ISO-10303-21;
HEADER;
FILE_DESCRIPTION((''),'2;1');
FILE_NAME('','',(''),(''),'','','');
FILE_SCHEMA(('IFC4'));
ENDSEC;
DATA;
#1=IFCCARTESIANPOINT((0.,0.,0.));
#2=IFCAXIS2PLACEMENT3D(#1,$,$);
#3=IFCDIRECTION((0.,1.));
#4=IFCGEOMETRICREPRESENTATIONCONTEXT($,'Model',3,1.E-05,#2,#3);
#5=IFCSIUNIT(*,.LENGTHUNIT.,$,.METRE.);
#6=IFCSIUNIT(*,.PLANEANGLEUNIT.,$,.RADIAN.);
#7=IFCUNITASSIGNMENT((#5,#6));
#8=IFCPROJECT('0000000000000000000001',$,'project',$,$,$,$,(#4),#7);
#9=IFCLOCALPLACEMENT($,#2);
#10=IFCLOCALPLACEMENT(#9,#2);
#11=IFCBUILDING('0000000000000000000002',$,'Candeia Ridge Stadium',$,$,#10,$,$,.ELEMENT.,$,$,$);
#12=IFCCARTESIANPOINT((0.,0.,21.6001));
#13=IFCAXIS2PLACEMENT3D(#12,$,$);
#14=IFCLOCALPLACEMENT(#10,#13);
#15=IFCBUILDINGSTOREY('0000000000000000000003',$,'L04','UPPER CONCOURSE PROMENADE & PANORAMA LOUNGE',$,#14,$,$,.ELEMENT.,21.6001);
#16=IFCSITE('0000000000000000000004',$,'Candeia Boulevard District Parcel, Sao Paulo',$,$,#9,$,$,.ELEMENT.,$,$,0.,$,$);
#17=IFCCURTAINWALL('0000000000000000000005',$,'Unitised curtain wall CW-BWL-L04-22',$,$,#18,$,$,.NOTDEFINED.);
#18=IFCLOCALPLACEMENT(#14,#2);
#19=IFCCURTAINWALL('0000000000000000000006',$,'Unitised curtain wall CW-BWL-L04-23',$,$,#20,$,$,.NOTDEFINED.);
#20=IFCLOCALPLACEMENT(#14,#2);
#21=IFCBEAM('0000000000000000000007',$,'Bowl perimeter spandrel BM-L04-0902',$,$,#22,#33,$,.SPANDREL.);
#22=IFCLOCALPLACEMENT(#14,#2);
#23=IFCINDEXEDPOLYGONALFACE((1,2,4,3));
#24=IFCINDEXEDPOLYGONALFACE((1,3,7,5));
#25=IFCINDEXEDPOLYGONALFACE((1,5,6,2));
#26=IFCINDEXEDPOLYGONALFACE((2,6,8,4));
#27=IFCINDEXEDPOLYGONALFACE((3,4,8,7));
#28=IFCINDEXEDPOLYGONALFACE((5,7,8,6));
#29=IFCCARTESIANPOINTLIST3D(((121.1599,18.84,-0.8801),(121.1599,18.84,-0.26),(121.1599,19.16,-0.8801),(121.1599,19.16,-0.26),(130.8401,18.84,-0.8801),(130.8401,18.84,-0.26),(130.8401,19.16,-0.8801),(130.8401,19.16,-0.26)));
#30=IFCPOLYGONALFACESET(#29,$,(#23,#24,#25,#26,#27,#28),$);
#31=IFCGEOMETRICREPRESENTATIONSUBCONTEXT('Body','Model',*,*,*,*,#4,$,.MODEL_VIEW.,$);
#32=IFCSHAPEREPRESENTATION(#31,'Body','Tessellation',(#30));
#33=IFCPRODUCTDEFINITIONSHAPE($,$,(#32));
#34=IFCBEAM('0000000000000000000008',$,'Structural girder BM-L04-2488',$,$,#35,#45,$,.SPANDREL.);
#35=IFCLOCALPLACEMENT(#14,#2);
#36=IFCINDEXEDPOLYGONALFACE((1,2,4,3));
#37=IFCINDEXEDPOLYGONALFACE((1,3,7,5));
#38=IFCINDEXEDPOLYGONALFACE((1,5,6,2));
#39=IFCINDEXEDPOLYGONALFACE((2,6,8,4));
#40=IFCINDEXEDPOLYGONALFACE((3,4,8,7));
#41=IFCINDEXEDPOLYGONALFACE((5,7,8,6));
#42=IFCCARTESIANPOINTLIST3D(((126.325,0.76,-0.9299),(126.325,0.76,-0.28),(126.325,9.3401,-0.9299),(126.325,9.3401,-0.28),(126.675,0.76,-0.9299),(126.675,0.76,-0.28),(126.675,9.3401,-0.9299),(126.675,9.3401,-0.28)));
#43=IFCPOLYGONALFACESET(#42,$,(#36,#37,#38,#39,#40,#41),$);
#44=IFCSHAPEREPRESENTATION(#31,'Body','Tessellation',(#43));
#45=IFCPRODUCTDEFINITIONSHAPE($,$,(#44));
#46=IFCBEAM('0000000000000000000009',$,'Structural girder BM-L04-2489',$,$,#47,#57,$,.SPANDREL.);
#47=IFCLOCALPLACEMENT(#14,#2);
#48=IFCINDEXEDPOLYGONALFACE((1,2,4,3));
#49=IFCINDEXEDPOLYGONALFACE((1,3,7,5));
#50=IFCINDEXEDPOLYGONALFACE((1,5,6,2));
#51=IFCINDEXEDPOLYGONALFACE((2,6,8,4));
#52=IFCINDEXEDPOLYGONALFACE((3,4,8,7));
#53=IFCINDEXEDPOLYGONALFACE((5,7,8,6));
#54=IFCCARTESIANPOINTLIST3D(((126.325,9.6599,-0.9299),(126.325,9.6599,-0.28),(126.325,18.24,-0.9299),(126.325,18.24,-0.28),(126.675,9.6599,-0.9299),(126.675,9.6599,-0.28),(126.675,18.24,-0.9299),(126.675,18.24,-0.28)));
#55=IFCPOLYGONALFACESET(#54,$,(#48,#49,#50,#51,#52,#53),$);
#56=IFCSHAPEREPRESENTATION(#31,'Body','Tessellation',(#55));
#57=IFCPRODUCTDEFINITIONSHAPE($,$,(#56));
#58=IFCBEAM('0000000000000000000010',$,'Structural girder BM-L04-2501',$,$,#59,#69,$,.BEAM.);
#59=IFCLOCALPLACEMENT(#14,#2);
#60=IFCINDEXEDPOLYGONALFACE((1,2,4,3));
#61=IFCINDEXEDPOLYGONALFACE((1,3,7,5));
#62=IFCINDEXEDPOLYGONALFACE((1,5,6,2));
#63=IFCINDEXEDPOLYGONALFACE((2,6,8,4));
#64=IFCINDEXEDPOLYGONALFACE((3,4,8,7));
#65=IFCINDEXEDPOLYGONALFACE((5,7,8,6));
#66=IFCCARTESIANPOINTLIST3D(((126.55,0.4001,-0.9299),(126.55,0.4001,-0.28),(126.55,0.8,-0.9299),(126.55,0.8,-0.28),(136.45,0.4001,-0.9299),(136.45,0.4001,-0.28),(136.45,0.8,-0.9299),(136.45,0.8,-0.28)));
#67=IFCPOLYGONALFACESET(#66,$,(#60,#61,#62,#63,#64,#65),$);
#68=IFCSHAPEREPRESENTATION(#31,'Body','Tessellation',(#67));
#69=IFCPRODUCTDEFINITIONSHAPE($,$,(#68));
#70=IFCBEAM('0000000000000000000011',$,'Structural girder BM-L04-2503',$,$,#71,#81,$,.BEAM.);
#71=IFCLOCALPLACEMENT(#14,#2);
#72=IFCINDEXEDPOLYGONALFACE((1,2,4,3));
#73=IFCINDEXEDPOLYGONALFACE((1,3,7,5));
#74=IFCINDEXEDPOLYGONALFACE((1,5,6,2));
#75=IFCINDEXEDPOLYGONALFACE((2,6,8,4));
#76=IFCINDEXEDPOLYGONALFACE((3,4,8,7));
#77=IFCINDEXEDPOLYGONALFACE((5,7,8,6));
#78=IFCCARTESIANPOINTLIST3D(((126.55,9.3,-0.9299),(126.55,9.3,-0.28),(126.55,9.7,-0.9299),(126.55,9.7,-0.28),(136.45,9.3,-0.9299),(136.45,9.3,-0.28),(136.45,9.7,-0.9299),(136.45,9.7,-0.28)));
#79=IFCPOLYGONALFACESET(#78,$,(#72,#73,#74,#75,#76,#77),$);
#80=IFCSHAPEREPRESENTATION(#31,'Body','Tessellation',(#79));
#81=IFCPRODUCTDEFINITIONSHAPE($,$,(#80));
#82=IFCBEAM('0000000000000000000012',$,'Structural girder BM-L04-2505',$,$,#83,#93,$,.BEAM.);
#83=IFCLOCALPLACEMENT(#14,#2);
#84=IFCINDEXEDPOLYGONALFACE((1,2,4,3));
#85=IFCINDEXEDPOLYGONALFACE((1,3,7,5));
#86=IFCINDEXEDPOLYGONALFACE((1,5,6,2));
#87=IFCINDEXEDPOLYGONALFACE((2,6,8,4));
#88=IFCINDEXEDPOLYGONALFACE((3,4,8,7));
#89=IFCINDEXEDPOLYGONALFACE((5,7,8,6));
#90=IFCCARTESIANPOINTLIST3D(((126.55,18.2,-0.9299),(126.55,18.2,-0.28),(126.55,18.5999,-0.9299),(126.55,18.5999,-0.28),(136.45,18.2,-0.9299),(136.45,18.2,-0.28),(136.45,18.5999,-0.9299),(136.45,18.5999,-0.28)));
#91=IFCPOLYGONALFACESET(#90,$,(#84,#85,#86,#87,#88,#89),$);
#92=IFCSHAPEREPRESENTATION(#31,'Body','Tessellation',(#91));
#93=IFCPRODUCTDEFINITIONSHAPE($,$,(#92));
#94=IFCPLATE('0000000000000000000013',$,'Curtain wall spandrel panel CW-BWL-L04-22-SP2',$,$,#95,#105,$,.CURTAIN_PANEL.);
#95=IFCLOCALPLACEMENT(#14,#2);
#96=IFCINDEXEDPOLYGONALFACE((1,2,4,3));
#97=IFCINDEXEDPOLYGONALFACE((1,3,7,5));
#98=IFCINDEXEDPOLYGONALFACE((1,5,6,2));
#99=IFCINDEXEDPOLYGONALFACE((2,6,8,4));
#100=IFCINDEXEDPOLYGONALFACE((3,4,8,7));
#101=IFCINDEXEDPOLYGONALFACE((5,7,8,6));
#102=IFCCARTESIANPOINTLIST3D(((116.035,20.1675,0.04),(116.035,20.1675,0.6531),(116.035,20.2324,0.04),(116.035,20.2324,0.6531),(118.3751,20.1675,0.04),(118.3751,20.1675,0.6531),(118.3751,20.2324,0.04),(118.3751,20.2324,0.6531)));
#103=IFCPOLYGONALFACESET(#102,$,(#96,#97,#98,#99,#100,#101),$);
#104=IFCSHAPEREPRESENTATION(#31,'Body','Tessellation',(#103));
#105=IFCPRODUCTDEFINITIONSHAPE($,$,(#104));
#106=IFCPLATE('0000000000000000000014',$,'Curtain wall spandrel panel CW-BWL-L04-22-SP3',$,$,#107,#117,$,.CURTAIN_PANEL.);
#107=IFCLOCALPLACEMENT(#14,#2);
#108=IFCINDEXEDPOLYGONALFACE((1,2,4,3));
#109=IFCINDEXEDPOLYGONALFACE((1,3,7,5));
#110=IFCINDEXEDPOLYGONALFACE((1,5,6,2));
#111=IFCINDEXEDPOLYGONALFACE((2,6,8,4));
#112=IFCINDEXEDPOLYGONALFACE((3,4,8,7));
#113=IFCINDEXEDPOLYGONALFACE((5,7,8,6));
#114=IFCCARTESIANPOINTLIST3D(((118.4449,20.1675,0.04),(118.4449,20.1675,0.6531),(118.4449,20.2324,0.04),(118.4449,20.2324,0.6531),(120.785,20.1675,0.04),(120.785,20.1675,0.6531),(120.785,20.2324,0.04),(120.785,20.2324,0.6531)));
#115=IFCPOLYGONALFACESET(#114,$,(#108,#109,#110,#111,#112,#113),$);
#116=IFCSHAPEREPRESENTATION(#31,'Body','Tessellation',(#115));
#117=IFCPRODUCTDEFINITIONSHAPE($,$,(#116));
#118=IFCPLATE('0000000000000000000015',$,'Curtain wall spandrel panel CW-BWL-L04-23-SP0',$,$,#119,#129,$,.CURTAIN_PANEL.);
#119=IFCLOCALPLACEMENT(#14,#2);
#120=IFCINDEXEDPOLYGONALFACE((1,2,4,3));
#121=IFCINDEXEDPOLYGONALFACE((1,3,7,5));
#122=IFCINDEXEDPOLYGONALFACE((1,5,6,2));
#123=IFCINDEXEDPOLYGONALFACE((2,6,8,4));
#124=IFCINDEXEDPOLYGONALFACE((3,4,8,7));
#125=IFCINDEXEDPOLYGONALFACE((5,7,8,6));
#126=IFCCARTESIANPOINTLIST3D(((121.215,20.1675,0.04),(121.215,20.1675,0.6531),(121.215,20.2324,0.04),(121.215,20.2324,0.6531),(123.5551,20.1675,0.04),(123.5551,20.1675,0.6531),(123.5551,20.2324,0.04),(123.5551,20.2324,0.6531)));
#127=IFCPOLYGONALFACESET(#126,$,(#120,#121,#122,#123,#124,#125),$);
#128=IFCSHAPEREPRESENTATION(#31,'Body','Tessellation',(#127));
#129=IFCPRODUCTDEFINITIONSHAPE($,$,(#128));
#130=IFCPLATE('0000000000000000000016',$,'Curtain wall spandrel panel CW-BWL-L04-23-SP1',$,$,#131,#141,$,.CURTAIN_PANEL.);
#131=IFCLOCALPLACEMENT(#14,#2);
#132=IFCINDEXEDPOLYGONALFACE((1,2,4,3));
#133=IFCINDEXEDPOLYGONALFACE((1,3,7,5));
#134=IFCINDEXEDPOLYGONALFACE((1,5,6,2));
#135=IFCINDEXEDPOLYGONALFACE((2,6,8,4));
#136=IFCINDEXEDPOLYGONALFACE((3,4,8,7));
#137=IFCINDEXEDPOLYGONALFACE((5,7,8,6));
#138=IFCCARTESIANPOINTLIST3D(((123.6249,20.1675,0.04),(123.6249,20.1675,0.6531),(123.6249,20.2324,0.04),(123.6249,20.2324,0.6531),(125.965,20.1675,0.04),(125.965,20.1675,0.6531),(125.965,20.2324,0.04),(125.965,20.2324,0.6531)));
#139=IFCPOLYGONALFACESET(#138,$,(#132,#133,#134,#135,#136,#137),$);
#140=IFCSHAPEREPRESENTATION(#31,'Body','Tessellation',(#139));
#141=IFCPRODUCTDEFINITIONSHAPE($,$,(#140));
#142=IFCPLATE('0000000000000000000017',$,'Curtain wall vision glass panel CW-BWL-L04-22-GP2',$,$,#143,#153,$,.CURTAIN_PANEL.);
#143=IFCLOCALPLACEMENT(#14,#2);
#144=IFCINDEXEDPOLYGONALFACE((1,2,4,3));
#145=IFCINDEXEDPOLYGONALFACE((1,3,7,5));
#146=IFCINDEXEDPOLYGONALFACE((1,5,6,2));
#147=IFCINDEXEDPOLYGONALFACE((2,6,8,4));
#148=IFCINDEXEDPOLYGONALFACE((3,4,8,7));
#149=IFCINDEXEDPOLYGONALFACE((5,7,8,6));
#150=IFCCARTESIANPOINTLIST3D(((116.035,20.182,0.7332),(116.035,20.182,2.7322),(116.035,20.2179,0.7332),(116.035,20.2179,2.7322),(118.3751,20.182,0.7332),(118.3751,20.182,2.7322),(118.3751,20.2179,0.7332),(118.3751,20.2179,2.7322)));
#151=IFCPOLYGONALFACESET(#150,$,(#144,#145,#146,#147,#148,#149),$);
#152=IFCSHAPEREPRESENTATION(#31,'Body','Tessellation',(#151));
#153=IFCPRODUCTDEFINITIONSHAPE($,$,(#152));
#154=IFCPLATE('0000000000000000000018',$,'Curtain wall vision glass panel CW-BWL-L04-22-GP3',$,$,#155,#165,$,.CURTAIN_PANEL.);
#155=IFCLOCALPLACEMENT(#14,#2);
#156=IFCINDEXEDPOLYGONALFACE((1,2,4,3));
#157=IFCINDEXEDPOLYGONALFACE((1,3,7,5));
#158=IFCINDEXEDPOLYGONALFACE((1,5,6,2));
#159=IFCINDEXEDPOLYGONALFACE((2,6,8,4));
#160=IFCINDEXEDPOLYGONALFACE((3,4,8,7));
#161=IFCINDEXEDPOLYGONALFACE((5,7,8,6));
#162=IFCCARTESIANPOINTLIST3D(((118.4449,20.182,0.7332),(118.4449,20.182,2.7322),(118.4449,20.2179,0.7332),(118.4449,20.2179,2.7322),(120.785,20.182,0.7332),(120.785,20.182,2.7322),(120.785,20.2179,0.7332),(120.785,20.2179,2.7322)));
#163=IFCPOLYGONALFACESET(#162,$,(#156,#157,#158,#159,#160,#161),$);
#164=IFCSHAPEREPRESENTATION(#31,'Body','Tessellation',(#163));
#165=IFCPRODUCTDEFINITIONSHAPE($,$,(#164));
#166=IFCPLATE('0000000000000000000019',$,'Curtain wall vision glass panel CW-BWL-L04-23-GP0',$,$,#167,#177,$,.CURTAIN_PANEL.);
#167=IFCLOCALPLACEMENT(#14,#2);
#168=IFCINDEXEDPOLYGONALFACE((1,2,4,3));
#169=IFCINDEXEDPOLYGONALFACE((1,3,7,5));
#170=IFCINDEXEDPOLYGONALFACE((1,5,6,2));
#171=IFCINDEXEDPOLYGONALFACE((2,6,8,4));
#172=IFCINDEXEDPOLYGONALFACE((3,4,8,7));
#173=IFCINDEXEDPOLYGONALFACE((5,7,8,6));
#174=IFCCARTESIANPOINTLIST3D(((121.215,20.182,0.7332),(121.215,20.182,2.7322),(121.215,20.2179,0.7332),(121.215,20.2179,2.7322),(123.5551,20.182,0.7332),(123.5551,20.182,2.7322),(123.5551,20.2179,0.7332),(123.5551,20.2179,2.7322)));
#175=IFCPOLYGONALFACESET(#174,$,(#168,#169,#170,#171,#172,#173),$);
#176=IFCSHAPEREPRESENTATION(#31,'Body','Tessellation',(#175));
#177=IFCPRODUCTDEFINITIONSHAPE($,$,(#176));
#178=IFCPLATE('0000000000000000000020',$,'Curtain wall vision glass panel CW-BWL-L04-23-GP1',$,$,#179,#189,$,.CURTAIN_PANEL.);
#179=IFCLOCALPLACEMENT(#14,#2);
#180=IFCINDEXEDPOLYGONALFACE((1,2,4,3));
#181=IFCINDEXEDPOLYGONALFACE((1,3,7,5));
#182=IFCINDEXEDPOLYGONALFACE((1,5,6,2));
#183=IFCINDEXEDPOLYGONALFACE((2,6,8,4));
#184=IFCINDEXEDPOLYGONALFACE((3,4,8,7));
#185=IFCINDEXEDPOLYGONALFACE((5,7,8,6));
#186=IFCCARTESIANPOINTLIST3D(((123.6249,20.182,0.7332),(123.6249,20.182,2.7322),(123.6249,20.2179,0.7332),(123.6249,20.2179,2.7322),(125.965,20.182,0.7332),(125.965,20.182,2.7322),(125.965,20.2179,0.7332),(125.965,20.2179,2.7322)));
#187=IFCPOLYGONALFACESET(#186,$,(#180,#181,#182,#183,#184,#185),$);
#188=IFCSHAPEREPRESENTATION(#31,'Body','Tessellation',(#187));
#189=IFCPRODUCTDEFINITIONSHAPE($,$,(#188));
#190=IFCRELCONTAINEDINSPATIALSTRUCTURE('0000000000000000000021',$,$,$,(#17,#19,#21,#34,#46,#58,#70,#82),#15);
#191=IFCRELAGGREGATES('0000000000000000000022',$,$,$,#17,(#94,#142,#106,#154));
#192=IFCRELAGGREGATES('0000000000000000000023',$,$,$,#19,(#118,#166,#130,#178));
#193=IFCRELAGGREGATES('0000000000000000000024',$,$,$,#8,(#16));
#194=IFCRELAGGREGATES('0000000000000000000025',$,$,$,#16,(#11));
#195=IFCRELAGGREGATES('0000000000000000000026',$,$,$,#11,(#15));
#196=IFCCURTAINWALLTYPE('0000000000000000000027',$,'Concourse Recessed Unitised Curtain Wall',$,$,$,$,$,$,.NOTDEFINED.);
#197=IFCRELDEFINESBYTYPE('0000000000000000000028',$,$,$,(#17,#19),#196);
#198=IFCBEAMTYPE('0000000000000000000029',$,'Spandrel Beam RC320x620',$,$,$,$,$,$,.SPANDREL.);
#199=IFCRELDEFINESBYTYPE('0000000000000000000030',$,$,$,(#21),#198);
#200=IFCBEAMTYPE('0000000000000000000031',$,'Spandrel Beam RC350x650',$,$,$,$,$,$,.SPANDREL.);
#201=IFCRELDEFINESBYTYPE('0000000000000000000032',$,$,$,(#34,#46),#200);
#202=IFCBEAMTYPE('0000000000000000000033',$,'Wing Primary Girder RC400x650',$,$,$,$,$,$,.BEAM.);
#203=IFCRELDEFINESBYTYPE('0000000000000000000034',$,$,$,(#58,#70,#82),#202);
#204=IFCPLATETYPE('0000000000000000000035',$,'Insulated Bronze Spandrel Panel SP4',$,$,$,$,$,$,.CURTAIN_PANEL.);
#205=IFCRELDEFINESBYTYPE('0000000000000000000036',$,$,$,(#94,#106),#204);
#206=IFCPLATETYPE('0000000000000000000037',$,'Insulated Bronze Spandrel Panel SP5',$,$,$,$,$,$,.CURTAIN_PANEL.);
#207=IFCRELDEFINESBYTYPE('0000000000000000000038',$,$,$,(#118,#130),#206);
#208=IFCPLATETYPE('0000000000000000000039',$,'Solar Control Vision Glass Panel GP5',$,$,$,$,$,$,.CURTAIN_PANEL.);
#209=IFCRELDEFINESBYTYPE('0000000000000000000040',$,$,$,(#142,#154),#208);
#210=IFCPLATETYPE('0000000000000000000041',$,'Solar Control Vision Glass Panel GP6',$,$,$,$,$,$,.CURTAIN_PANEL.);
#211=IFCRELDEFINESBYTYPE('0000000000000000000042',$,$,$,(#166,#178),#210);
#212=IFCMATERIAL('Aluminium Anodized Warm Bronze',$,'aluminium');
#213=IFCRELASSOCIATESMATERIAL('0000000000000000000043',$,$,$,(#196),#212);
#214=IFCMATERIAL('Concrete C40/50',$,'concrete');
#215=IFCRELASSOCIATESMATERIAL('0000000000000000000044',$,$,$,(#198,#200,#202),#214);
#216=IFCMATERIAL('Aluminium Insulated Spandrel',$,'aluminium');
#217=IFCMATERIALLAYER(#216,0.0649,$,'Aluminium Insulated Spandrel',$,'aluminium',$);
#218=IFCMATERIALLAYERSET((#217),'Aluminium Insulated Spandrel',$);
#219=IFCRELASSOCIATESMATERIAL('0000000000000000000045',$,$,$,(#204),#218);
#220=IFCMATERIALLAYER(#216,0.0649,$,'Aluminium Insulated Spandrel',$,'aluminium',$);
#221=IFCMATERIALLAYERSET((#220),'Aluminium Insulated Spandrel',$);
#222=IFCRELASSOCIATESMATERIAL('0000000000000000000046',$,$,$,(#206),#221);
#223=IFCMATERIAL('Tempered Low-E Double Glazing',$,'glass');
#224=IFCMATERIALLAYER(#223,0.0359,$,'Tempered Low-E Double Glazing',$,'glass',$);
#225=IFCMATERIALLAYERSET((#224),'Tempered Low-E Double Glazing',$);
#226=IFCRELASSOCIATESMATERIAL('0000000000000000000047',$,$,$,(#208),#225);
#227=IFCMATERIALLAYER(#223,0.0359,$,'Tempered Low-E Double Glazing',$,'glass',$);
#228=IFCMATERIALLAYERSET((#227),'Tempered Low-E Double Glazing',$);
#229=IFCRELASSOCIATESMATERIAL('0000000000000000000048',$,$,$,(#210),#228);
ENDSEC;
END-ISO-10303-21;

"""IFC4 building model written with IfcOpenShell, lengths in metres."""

from ifc_helpers import new_model, si_unit, direction, frame, origin, origin_2d, place, context, subcontext, project, spatial, rectangle, extrude, material, layer, layer_set, material_profile, profile_set, type_object, element, aggregate, save


model = new_model("IFC4")

# Units and contexts
model_context = context("Model", 3, precision=1e-05, world=origin(), true_north=direction((0.0, 1.0)))
body_context = subcontext(model_context, "Body", "Model", "MODEL_VIEW")
ifc_project = project(units=[si_unit("LENGTHUNIT", "METRE"), si_unit("PLANEANGLEUNIT", "RADIAN")], contexts=[model_context])

# Site, building, storey
site_placement = place(None, origin())
site = spatial("IfcSite", under=ifc_project, at=site_placement, Name="Candeia Boulevard District Parcel, Sao Paulo", CompositionType="ELEMENT", RefElevation=0.0)
building_placement = place(site_placement, origin())
building = spatial("IfcBuilding", under=site, at=building_placement, Name="Candeia Ridge Stadium", CompositionType="ELEMENT")
storey_placement = place(building_placement, frame((0.0, 0.0, 21.6001)))
storey = spatial("IfcBuildingStorey", under=building, at=storey_placement, Name="L04", Description="UPPER CONCOURSE PROMENADE & PANORAMA LOUNGE", CompositionType="ELEMENT", Elevation=21.6001)

# Curtain walls
ifc_material_1 = material(Name="Aluminium Anodized Warm Bronze", Category="aluminium")
curtain_wall_type = type_object("IfcCurtainWallType", Name="Concourse Recessed Unitised Curtain Wall", PredefinedType="NOTDEFINED", material=ifc_material_1)
curtain_wall_1_placement = place(storey_placement, origin())
curtain_wall_1 = element("IfcCurtainWall", 1, at=curtain_wall_1_placement, inside=storey, type_object=curtain_wall_type, Name="Unitised curtain wall CW-BWL-L04-22", PredefinedType="NOTDEFINED")
curtain_wall_2_placement = place(storey_placement, origin())
curtain_wall_2 = element("IfcCurtainWall", 2, at=curtain_wall_2_placement, inside=storey, type_object=curtain_wall_type, Name="Unitised curtain wall CW-BWL-L04-23", PredefinedType="NOTDEFINED")

# Beams
ifc_material_2 = material(Name="Concrete C40/50", Category="concrete")
ifc_material_profile_1 = material_profile(ifc_material_2, rectangle(XDim=0.3201, YDim=0.6201, at=origin_2d()), Name="RC320x620", Category="concrete")
ifc_profile_set_1 = profile_set([ifc_material_profile_1], Name="Concrete C40/50")
beam_type_1 = type_object("IfcBeamType", Name="Spandrel Beam RC320x620", PredefinedType="SPANDREL", material=ifc_profile_set_1)
beam_1_placement = place(storey_placement, frame((121.1599, 19.0, -0.5701), z_axis=(1.0, 0.0, 0.0), x_axis=(0.0, 1.0, 0.0)))
element("IfcBeam", 3, at=beam_1_placement, inside=storey, type_object=beam_type_1, Name="Bowl perimeter spandrel BM-L04-0902", PredefinedType="SPANDREL", context=body_context, shape_type="SweptSolid", body=[
    extrude(rectangle(XDim=0.3201, YDim=0.6201, at=origin_2d()), origin(), (0.0, 0.0, 1.0), 9.6802),
])
ifc_material_profile_2 = material_profile(ifc_material_2, rectangle(XDim=0.3501, YDim=0.6499, at=origin_2d()), Name="RC350x650", Category="concrete")
ifc_profile_set_2 = profile_set([ifc_material_profile_2], Name="Concrete C40/50")
beam_type_2 = type_object("IfcBeamType", Name="Spandrel Beam RC350x650", PredefinedType="SPANDREL", material=ifc_profile_set_2)
for number, where, z_axis, x_axis, name in (
    (4, (126.5, 0.76, -0.605), (0.0, 1.0, 0.0), (-1.0, 0.0, 0.0), "Structural girder BM-L04-2488"),
    (5, (126.5, 9.6599, -0.605), (0.0, 1.0, 0.0), (-1.0, 0.0, 0.0), "Structural girder BM-L04-2489"),
):
    element("IfcBeam", number, at=place(storey_placement, frame(where, z_axis=z_axis, x_axis=x_axis)), inside=storey, type_object=beam_type_2, Name=name, PredefinedType="SPANDREL", context=body_context, shape_type="SweptSolid", body=[
        extrude(rectangle(XDim=0.3501, YDim=0.6499, at=origin_2d()), origin(), (0.0, 0.0, 1.0), 8.5801),
    ])
ifc_material_profile_3 = material_profile(ifc_material_2, rectangle(XDim=0.3999, YDim=0.6499, at=origin_2d()), Name="RC400x650", Category="concrete")
ifc_profile_set_3 = profile_set([ifc_material_profile_3], Name="Concrete C40/50")
beam_type_3 = type_object("IfcBeamType", Name="Wing Primary Girder RC400x650", PredefinedType="BEAM", material=ifc_profile_set_3)
for number, where, z_axis, x_axis, name in (
    (6, (126.55, 0.6001, -0.605), (1.0, 0.0, 0.0), (0.0, 1.0, 0.0), "Structural girder BM-L04-2501"),
    (7, (126.55, 9.5, -0.605), (1.0, 0.0, 0.0), (0.0, 1.0, 0.0), "Structural girder BM-L04-2503"),
    (8, (126.55, 18.3999, -0.605), (1.0, 0.0, 0.0), (0.0, 1.0, 0.0), "Structural girder BM-L04-2505"),
):
    element("IfcBeam", number, at=place(storey_placement, frame(where, z_axis=z_axis, x_axis=x_axis)), inside=storey, type_object=beam_type_3, Name=name, PredefinedType="BEAM", context=body_context, shape_type="SweptSolid", body=[
        extrude(rectangle(XDim=0.3999, YDim=0.6499, at=origin_2d()), origin(), (0.0, 0.0, 1.0), 9.8999),
    ])

# Plates
ifc_material_3 = material(Name="Aluminium Insulated Spandrel", Category="aluminium")
ifc_layer_1 = layer(ifc_material_3, 0.0649, Name="Aluminium Insulated Spandrel", Category="aluminium")
ifc_layer_set_1 = layer_set([ifc_layer_1], Name="Aluminium Insulated Spandrel")
plate_type_1 = type_object("IfcPlateType", Name="Insulated Bronze Spandrel Panel SP4", PredefinedType="CURTAIN_PANEL", material=ifc_layer_set_1)
plate_1_placement = place(storey_placement, frame((117.2051, 20.2, 0.04), z_axis=(0.0, 0.0, 1.0), x_axis=(1.0, 0.0, 0.0)))
plate_1 = element("IfcPlate", 9, at=plate_1_placement, type_object=plate_type_1, Name="Curtain wall spandrel panel CW-BWL-L04-22-SP2", PredefinedType="CURTAIN_PANEL", context=body_context, shape_type="SweptSolid", body=[
    extrude(rectangle(XDim=2.3401, YDim=0.0649, at=origin_2d()), origin(), (0.0, 0.0, 1.0), 0.613),
])
plate_2_placement = place(storey_placement, frame((119.615, 20.2, 0.04), z_axis=(0.0, 0.0, 1.0), x_axis=(1.0, 0.0, 0.0)))
plate_2 = element("IfcPlate", 10, at=plate_2_placement, type_object=plate_type_1, Name="Curtain wall spandrel panel CW-BWL-L04-22-SP3", PredefinedType="CURTAIN_PANEL", context=body_context, shape_type="SweptSolid", body=[
    extrude(rectangle(XDim=2.3401, YDim=0.0649, at=origin_2d()), origin(), (0.0, 0.0, 1.0), 0.613),
])
ifc_layer_2 = layer(ifc_material_3, 0.0649, Name="Aluminium Insulated Spandrel", Category="aluminium")
ifc_layer_set_2 = layer_set([ifc_layer_2], Name="Aluminium Insulated Spandrel")
plate_type_2 = type_object("IfcPlateType", Name="Insulated Bronze Spandrel Panel SP5", PredefinedType="CURTAIN_PANEL", material=ifc_layer_set_2)
plate_3_placement = place(storey_placement, frame((122.385, 20.2, 0.04), z_axis=(0.0, 0.0, 1.0), x_axis=(1.0, 0.0, 0.0)))
plate_3 = element("IfcPlate", 11, at=plate_3_placement, type_object=plate_type_2, Name="Curtain wall spandrel panel CW-BWL-L04-23-SP0", PredefinedType="CURTAIN_PANEL", context=body_context, shape_type="SweptSolid", body=[
    extrude(rectangle(XDim=2.3401, YDim=0.0649, at=origin_2d()), origin(), (0.0, 0.0, 1.0), 0.613),
])
plate_4_placement = place(storey_placement, frame((124.7949, 20.2, 0.04), z_axis=(0.0, 0.0, 1.0), x_axis=(1.0, 0.0, 0.0)))
plate_4 = element("IfcPlate", 12, at=plate_4_placement, type_object=plate_type_2, Name="Curtain wall spandrel panel CW-BWL-L04-23-SP1", PredefinedType="CURTAIN_PANEL", context=body_context, shape_type="SweptSolid", body=[
    extrude(rectangle(XDim=2.3401, YDim=0.0649, at=origin_2d()), origin(), (0.0, 0.0, 1.0), 0.613),
])
ifc_material_4 = material(Name="Tempered Low-E Double Glazing", Category="glass")
ifc_layer_3 = layer(ifc_material_4, 0.0359, Name="Tempered Low-E Double Glazing", Category="glass")
ifc_layer_set_3 = layer_set([ifc_layer_3], Name="Tempered Low-E Double Glazing")
plate_type_3 = type_object("IfcPlateType", Name="Solar Control Vision Glass Panel GP5", PredefinedType="CURTAIN_PANEL", material=ifc_layer_set_3)
plate_5_placement = place(storey_placement, frame((117.2051, 20.2, 0.7332), z_axis=(0.0, 0.0, 1.0), x_axis=(1.0, 0.0, 0.0)))
plate_5 = element("IfcPlate", 13, at=plate_5_placement, type_object=plate_type_3, Name="Curtain wall vision glass panel CW-BWL-L04-22-GP2", PredefinedType="CURTAIN_PANEL", context=body_context, shape_type="SweptSolid", body=[
    extrude(rectangle(XDim=2.3401, YDim=0.0359, at=origin_2d()), origin(), (0.0, 0.0, 1.0), 1.999),
])
plate_6_placement = place(storey_placement, frame((119.615, 20.2, 0.7332), z_axis=(0.0, 0.0, 1.0), x_axis=(1.0, 0.0, 0.0)))
plate_6 = element("IfcPlate", 14, at=plate_6_placement, type_object=plate_type_3, Name="Curtain wall vision glass panel CW-BWL-L04-22-GP3", PredefinedType="CURTAIN_PANEL", context=body_context, shape_type="SweptSolid", body=[
    extrude(rectangle(XDim=2.3401, YDim=0.0359, at=origin_2d()), origin(), (0.0, 0.0, 1.0), 1.999),
])
aggregate(curtain_wall_1, [plate_1, plate_5, plate_2, plate_6])
ifc_layer_4 = layer(ifc_material_4, 0.0359, Name="Tempered Low-E Double Glazing", Category="glass")
ifc_layer_set_4 = layer_set([ifc_layer_4], Name="Tempered Low-E Double Glazing")
plate_type_4 = type_object("IfcPlateType", Name="Solar Control Vision Glass Panel GP6", PredefinedType="CURTAIN_PANEL", material=ifc_layer_set_4)
plate_7_placement = place(storey_placement, frame((122.385, 20.2, 0.7332), z_axis=(0.0, 0.0, 1.0), x_axis=(1.0, 0.0, 0.0)))
plate_7 = element("IfcPlate", 15, at=plate_7_placement, type_object=plate_type_4, Name="Curtain wall vision glass panel CW-BWL-L04-23-GP0", PredefinedType="CURTAIN_PANEL", context=body_context, shape_type="SweptSolid", body=[
    extrude(rectangle(XDim=2.3401, YDim=0.0359, at=origin_2d()), origin(), (0.0, 0.0, 1.0), 1.999),
])
plate_8_placement = place(storey_placement, frame((124.7949, 20.2, 0.7332), z_axis=(0.0, 0.0, 1.0), x_axis=(1.0, 0.0, 0.0)))
plate_8 = element("IfcPlate", 16, at=plate_8_placement, type_object=plate_type_4, Name="Curtain wall vision glass panel CW-BWL-L04-23-GP1", PredefinedType="CURTAIN_PANEL", context=body_context, shape_type="SweptSolid", body=[
    extrude(rectangle(XDim=2.3401, YDim=0.0359, at=origin_2d()), origin(), (0.0, 0.0, 1.0), 1.999),
])
aggregate(curtain_wall_2, [plate_3, plate_7, plate_4, plate_8])

save(model, "model.ifc")
